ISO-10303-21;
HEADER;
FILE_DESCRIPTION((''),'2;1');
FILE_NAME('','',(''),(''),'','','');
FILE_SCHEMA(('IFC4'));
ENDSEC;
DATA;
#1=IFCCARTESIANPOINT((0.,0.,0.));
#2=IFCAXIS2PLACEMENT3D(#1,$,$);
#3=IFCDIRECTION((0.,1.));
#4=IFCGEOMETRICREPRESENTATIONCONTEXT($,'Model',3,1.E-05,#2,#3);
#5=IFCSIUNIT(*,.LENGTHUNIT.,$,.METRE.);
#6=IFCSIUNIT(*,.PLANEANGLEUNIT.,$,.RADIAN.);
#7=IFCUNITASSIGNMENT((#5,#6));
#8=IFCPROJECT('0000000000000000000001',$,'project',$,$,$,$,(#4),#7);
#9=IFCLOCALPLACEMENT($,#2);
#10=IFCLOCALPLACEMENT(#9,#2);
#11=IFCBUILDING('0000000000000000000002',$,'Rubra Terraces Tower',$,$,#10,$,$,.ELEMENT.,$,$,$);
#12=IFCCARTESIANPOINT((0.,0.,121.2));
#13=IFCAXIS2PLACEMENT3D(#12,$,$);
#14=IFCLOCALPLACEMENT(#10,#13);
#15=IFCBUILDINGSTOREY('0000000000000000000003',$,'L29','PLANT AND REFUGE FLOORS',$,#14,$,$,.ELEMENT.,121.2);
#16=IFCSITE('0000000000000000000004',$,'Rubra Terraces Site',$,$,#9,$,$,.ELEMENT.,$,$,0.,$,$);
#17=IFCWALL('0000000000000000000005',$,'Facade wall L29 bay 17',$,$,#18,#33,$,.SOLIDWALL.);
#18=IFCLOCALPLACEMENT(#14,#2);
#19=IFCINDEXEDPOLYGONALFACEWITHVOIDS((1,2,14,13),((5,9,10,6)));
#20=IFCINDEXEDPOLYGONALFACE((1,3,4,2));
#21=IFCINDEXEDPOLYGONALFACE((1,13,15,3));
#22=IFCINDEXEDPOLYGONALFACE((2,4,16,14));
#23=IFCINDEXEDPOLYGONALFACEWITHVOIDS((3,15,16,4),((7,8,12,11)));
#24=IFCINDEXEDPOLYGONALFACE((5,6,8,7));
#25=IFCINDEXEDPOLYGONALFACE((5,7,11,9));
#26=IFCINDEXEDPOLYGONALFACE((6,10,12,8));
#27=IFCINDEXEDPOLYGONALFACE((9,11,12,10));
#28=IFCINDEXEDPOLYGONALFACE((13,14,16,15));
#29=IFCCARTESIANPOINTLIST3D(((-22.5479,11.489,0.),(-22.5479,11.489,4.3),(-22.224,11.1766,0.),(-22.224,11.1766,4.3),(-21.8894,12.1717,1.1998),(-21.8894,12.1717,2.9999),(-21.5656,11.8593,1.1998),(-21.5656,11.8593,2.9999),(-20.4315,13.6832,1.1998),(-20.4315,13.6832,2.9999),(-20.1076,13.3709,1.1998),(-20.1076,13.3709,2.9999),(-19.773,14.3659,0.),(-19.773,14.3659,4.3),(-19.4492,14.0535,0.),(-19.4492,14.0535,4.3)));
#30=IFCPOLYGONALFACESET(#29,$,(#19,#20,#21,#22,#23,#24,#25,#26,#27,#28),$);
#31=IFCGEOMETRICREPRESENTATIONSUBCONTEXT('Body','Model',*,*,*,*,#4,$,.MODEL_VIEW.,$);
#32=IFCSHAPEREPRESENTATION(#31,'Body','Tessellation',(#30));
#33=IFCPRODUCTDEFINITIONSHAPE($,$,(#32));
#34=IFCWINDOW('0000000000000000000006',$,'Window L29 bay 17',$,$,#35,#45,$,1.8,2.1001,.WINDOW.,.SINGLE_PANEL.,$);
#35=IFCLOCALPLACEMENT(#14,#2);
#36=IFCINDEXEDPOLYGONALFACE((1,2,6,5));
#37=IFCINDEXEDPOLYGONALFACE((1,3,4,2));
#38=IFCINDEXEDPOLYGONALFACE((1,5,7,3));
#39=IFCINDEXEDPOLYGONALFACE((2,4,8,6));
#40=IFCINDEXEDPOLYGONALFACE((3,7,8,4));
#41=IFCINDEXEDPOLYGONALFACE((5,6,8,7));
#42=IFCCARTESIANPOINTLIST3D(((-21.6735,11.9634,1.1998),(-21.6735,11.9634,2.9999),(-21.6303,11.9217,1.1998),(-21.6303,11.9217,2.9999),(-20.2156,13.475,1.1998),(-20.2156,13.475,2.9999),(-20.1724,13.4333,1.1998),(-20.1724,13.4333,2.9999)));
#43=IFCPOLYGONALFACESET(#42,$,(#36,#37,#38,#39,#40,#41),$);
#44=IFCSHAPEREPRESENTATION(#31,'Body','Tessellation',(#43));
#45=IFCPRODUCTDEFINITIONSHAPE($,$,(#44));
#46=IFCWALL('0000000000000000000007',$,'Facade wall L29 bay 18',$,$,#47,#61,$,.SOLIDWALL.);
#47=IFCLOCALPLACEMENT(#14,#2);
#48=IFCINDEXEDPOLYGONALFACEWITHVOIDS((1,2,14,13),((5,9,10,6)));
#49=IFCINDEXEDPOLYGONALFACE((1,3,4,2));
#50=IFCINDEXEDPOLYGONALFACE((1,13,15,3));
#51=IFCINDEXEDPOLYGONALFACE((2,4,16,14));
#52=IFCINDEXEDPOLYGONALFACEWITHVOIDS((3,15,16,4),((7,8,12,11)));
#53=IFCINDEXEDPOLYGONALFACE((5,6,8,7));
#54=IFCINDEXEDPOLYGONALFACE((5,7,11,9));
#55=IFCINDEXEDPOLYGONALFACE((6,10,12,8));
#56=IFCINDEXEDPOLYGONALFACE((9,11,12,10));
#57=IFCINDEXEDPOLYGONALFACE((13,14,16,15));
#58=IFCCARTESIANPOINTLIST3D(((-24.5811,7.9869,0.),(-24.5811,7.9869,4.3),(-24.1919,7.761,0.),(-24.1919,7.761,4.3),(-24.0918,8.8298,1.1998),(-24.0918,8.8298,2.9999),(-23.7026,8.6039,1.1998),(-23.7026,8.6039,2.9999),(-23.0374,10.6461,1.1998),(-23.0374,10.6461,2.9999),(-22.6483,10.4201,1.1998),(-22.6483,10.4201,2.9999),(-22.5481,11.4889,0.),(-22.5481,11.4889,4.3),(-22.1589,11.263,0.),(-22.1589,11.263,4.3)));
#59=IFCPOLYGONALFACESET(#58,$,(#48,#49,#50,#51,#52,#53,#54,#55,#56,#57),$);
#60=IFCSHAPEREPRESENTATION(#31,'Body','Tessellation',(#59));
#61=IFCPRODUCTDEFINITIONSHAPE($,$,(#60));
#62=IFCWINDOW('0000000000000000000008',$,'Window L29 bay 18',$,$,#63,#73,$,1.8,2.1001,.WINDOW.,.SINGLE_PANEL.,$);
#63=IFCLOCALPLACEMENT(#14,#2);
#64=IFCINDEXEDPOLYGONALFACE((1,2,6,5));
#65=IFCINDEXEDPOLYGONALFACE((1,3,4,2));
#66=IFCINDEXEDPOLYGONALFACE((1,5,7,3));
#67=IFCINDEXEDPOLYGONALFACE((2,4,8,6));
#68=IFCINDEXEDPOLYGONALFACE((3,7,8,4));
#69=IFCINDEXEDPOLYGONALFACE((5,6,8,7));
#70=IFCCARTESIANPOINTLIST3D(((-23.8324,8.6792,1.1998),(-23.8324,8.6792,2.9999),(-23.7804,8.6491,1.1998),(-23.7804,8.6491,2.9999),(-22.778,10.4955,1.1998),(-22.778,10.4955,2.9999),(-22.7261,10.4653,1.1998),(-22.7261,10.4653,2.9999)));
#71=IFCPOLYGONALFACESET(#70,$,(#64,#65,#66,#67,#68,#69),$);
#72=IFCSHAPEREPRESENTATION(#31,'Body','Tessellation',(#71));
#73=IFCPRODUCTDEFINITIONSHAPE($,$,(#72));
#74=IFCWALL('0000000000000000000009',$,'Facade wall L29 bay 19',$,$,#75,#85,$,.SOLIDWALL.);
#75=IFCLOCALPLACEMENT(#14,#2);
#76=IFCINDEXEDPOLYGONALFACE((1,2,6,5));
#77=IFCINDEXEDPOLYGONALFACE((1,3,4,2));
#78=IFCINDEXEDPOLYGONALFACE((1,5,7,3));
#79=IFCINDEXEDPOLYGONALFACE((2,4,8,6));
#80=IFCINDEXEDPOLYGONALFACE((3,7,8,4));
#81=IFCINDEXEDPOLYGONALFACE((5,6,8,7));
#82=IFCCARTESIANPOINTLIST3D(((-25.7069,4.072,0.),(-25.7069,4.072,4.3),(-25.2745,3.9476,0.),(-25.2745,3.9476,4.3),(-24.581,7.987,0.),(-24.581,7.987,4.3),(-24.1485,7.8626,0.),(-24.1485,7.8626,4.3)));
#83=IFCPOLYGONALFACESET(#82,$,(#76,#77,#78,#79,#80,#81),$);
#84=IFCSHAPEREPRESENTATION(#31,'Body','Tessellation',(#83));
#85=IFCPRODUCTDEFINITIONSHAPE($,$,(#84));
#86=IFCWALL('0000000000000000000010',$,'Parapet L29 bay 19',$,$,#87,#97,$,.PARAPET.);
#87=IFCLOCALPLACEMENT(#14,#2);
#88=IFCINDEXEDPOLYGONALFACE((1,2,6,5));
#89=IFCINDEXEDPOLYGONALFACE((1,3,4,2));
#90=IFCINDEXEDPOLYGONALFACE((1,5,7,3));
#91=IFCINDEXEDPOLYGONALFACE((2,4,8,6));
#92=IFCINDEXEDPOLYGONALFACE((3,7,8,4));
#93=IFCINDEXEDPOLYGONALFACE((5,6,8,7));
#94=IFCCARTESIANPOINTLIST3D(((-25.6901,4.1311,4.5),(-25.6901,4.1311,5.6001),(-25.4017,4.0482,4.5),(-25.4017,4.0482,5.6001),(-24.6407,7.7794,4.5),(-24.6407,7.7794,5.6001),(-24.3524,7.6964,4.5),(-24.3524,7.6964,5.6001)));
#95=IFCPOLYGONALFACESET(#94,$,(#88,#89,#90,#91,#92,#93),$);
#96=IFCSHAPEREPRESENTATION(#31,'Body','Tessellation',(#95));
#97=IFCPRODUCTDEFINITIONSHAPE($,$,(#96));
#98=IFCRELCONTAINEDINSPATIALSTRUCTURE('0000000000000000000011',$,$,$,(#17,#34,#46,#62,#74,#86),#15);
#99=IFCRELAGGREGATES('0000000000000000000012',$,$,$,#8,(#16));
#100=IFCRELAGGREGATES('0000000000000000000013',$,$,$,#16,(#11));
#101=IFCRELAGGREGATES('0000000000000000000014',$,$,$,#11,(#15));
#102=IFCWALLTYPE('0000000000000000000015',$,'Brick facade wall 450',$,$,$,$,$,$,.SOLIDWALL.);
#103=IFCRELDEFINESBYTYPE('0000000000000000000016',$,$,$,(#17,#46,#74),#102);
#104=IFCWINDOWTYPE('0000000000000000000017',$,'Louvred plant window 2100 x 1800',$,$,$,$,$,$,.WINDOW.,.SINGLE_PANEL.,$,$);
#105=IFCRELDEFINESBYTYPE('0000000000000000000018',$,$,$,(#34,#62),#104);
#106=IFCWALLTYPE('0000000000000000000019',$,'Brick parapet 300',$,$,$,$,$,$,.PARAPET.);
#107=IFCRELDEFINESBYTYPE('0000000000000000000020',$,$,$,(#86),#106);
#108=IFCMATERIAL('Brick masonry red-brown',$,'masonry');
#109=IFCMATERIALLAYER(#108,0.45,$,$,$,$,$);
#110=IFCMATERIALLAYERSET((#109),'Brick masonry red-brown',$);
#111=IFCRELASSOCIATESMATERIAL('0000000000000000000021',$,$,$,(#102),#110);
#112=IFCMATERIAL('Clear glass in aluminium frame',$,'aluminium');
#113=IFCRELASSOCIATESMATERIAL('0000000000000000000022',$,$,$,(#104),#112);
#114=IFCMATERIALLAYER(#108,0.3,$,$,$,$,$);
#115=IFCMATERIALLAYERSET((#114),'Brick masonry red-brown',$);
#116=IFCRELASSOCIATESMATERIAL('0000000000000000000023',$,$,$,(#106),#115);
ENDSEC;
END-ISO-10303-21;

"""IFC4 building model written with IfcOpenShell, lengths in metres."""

from ifc_helpers import new_model, si_unit, direction, frame, frame_2d, origin, place, context, subcontext, project, spatial, rectangle, extrude, material, layer, layer_set, type_object, element, fill, save


model = new_model("IFC4")

# Units and contexts
model_context = context("Model", 3, precision=1e-05, world=origin(), true_north=direction((0.0, 1.0)))
body_context = subcontext(model_context, "Body", "Model", "MODEL_VIEW")
ifc_project = project(units=[si_unit("LENGTHUNIT", "METRE"), si_unit("PLANEANGLEUNIT", "RADIAN")], contexts=[model_context])

# Site, building, storey
site_placement = place(None, origin())
site = spatial("IfcSite", under=ifc_project, at=site_placement, Name="Rubra Terraces Site", CompositionType="ELEMENT", RefElevation=0.0)
building_placement = place(site_placement, origin())
building = spatial("IfcBuilding", under=site, at=building_placement, Name="Rubra Terraces Tower", CompositionType="ELEMENT")
storey_placement = place(building_placement, frame((0.0, 0.0, 121.2)))
storey = spatial("IfcBuildingStorey", under=building, at=storey_placement, Name="L29", Description="PLANT AND REFUGE FLOORS", CompositionType="ELEMENT", Elevation=121.2)

# Walls, openings, windows
ifc_material_1 = material(Name="Brick masonry red-brown", Category="masonry")
ifc_layer_1 = layer(ifc_material_1, 0.45)
ifc_layer_set_1 = layer_set([ifc_layer_1], Name="Brick masonry red-brown")
wall_type_1 = type_object("IfcWallType", Name="Brick facade wall 450", PredefinedType="SOLIDWALL", material=ifc_layer_set_1)
wall_1_placement = place(storey_placement, frame((-19.6111, 14.2097, 0.0), z_axis=(0.0, 0.0, 1.0), x_axis=(-0.694226, -0.719757, 0.0)))
wall_1 = element("IfcWall", 1, at=wall_1_placement, inside=storey, type_object=wall_type_1, Name="Facade wall L29 bay 17", PredefinedType="SOLIDWALL", context=body_context, shape_type="SweptSolid", body=[
    extrude(rectangle(XDim=3.9971, YDim=0.45, at=frame_2d((1.9985, 0.0))), origin(), (0.0, 0.0, 1.0), 4.3),
])
opening_1_placement = place(wall_1_placement, frame((0.9485, 0.0, 1.2)))
opening_1 = element("IfcOpeningElement", 2, at=opening_1_placement, cuts=wall_1, PredefinedType="OPENING", context=body_context, shape_type="SweptSolid", body=[
    extrude(rectangle(XDim=2.1001, YDim=1.8, at=frame_2d((1.05, 0.8999))), frame((0.0, 0.2349, 0.0), z_axis=(0.0, -1.0, 0.0), x_axis=(1.0, 0.0, 0.0)), (0.0, 0.0, 1.0), 0.47),
])
ifc_material_2 = material(Name="Clear glass in aluminium frame", Category="aluminium")
window_type = type_object("IfcWindowType", Name="Louvred plant window 2100 x 1800", PartitioningType="SINGLE_PANEL", PredefinedType="WINDOW", material=ifc_material_2)
window_1_placement = place(opening_1_placement, origin())
window_1 = element("IfcWindow", 3, at=window_1_placement, inside=storey, type_object=window_type, Name="Window L29 bay 17", OverallHeight=1.8, OverallWidth=2.1001, PartitioningType="SINGLE_PANEL", PredefinedType="WINDOW", context=body_context, shape_type="SweptSolid", body=[
    extrude(rectangle(XDim=2.1001, YDim=1.8, at=frame_2d((1.05, 0.8999))), frame((0.0, 0.135, 0.0), z_axis=(0.0, -1.0, 0.0), x_axis=(1.0, 0.0, 0.0)), (0.0, 0.0, 1.0), 0.0601),
])
fill(opening_1, window_1)
wall_2_placement = place(storey_placement, frame((-22.3535, 11.376, 0.0), z_axis=(0.0, 0.0, 1.0), x_axis=(-0.502056, -0.864835, 0.0)))
wall_2 = element("IfcWall", 4, at=wall_2_placement, inside=storey, type_object=wall_type_1, Name="Facade wall L29 bay 18", PredefinedType="SOLIDWALL", context=body_context, shape_type="SweptSolid", body=[
    extrude(rectangle(XDim=4.0493, YDim=0.45, at=frame_2d((2.0247, 0.0))), origin(), (0.0, 0.0, 1.0), 4.3),
])
opening_2_placement = place(wall_2_placement, frame((0.9746, 0.0, 1.2)))
opening_2 = element("IfcOpeningElement", 5, at=opening_2_placement, cuts=wall_2, PredefinedType="OPENING", context=body_context, shape_type="SweptSolid", body=[
    extrude(rectangle(XDim=2.1001, YDim=1.8, at=frame_2d((1.05, 0.8999))), frame((0.0, 0.2349, 0.0), z_axis=(0.0, -1.0, 0.0), x_axis=(1.0, 0.0, 0.0)), (0.0, 0.0, 1.0), 0.47),
])
window_2_placement = place(opening_2_placement, origin())
window_2 = element("IfcWindow", 6, at=window_2_placement, inside=storey, type_object=window_type, Name="Window L29 bay 18", OverallHeight=1.8, OverallWidth=2.1001, PartitioningType="SINGLE_PANEL", PredefinedType="WINDOW", context=body_context, shape_type="SweptSolid", body=[
    extrude(rectangle(XDim=2.1001, YDim=1.8, at=frame_2d((1.05, 0.8999))), frame((0.0, 0.135, 0.0), z_axis=(0.0, -1.0, 0.0), x_axis=(1.0, 0.0, 0.0)), (0.0, 0.0, 1.0), 0.0601),
])
fill(opening_2, window_2)

# Walls
wall_3_placement = place(storey_placement, frame((-24.3647, 7.9248, 0.0), z_axis=(0.0, 0.0, 1.0), x_axis=(-0.276399, -0.961043, 0.0)))
element("IfcWall", 7, at=wall_3_placement, inside=storey, type_object=wall_type_1, Name="Facade wall L29 bay 19", PredefinedType="SOLIDWALL", context=body_context, shape_type="SweptSolid", body=[
    extrude(rectangle(XDim=4.0737, YDim=0.45, at=frame_2d((2.0369, 0.0))), origin(), (0.0, 0.0, 1.0), 4.3),
])
ifc_layer_2 = layer(ifc_material_1, 0.3)
ifc_layer_set_2 = layer_set([ifc_layer_2], Name="Brick masonry red-brown")
wall_type_2 = type_object("IfcWallType", Name="Brick parapet 300", PredefinedType="PARAPET", material=ifc_layer_set_2)
wall_4_placement = place(storey_placement, frame((-24.4966, 7.7378, 4.5), z_axis=(0.0, 0.0, 1.0), x_axis=(-0.27642, -0.961037, 0.0)))
element("IfcWall", 8, at=wall_4_placement, inside=storey, type_object=wall_type_2, Name="Parapet L29 bay 19", PredefinedType="PARAPET", context=body_context, shape_type="SweptSolid", body=[
    extrude(rectangle(XDim=3.7961, YDim=0.3, at=frame_2d((1.8979, 0.0))), origin(), (0.0, 0.0, 1.0), 1.1001),
])

save(model, "model.ifc")
